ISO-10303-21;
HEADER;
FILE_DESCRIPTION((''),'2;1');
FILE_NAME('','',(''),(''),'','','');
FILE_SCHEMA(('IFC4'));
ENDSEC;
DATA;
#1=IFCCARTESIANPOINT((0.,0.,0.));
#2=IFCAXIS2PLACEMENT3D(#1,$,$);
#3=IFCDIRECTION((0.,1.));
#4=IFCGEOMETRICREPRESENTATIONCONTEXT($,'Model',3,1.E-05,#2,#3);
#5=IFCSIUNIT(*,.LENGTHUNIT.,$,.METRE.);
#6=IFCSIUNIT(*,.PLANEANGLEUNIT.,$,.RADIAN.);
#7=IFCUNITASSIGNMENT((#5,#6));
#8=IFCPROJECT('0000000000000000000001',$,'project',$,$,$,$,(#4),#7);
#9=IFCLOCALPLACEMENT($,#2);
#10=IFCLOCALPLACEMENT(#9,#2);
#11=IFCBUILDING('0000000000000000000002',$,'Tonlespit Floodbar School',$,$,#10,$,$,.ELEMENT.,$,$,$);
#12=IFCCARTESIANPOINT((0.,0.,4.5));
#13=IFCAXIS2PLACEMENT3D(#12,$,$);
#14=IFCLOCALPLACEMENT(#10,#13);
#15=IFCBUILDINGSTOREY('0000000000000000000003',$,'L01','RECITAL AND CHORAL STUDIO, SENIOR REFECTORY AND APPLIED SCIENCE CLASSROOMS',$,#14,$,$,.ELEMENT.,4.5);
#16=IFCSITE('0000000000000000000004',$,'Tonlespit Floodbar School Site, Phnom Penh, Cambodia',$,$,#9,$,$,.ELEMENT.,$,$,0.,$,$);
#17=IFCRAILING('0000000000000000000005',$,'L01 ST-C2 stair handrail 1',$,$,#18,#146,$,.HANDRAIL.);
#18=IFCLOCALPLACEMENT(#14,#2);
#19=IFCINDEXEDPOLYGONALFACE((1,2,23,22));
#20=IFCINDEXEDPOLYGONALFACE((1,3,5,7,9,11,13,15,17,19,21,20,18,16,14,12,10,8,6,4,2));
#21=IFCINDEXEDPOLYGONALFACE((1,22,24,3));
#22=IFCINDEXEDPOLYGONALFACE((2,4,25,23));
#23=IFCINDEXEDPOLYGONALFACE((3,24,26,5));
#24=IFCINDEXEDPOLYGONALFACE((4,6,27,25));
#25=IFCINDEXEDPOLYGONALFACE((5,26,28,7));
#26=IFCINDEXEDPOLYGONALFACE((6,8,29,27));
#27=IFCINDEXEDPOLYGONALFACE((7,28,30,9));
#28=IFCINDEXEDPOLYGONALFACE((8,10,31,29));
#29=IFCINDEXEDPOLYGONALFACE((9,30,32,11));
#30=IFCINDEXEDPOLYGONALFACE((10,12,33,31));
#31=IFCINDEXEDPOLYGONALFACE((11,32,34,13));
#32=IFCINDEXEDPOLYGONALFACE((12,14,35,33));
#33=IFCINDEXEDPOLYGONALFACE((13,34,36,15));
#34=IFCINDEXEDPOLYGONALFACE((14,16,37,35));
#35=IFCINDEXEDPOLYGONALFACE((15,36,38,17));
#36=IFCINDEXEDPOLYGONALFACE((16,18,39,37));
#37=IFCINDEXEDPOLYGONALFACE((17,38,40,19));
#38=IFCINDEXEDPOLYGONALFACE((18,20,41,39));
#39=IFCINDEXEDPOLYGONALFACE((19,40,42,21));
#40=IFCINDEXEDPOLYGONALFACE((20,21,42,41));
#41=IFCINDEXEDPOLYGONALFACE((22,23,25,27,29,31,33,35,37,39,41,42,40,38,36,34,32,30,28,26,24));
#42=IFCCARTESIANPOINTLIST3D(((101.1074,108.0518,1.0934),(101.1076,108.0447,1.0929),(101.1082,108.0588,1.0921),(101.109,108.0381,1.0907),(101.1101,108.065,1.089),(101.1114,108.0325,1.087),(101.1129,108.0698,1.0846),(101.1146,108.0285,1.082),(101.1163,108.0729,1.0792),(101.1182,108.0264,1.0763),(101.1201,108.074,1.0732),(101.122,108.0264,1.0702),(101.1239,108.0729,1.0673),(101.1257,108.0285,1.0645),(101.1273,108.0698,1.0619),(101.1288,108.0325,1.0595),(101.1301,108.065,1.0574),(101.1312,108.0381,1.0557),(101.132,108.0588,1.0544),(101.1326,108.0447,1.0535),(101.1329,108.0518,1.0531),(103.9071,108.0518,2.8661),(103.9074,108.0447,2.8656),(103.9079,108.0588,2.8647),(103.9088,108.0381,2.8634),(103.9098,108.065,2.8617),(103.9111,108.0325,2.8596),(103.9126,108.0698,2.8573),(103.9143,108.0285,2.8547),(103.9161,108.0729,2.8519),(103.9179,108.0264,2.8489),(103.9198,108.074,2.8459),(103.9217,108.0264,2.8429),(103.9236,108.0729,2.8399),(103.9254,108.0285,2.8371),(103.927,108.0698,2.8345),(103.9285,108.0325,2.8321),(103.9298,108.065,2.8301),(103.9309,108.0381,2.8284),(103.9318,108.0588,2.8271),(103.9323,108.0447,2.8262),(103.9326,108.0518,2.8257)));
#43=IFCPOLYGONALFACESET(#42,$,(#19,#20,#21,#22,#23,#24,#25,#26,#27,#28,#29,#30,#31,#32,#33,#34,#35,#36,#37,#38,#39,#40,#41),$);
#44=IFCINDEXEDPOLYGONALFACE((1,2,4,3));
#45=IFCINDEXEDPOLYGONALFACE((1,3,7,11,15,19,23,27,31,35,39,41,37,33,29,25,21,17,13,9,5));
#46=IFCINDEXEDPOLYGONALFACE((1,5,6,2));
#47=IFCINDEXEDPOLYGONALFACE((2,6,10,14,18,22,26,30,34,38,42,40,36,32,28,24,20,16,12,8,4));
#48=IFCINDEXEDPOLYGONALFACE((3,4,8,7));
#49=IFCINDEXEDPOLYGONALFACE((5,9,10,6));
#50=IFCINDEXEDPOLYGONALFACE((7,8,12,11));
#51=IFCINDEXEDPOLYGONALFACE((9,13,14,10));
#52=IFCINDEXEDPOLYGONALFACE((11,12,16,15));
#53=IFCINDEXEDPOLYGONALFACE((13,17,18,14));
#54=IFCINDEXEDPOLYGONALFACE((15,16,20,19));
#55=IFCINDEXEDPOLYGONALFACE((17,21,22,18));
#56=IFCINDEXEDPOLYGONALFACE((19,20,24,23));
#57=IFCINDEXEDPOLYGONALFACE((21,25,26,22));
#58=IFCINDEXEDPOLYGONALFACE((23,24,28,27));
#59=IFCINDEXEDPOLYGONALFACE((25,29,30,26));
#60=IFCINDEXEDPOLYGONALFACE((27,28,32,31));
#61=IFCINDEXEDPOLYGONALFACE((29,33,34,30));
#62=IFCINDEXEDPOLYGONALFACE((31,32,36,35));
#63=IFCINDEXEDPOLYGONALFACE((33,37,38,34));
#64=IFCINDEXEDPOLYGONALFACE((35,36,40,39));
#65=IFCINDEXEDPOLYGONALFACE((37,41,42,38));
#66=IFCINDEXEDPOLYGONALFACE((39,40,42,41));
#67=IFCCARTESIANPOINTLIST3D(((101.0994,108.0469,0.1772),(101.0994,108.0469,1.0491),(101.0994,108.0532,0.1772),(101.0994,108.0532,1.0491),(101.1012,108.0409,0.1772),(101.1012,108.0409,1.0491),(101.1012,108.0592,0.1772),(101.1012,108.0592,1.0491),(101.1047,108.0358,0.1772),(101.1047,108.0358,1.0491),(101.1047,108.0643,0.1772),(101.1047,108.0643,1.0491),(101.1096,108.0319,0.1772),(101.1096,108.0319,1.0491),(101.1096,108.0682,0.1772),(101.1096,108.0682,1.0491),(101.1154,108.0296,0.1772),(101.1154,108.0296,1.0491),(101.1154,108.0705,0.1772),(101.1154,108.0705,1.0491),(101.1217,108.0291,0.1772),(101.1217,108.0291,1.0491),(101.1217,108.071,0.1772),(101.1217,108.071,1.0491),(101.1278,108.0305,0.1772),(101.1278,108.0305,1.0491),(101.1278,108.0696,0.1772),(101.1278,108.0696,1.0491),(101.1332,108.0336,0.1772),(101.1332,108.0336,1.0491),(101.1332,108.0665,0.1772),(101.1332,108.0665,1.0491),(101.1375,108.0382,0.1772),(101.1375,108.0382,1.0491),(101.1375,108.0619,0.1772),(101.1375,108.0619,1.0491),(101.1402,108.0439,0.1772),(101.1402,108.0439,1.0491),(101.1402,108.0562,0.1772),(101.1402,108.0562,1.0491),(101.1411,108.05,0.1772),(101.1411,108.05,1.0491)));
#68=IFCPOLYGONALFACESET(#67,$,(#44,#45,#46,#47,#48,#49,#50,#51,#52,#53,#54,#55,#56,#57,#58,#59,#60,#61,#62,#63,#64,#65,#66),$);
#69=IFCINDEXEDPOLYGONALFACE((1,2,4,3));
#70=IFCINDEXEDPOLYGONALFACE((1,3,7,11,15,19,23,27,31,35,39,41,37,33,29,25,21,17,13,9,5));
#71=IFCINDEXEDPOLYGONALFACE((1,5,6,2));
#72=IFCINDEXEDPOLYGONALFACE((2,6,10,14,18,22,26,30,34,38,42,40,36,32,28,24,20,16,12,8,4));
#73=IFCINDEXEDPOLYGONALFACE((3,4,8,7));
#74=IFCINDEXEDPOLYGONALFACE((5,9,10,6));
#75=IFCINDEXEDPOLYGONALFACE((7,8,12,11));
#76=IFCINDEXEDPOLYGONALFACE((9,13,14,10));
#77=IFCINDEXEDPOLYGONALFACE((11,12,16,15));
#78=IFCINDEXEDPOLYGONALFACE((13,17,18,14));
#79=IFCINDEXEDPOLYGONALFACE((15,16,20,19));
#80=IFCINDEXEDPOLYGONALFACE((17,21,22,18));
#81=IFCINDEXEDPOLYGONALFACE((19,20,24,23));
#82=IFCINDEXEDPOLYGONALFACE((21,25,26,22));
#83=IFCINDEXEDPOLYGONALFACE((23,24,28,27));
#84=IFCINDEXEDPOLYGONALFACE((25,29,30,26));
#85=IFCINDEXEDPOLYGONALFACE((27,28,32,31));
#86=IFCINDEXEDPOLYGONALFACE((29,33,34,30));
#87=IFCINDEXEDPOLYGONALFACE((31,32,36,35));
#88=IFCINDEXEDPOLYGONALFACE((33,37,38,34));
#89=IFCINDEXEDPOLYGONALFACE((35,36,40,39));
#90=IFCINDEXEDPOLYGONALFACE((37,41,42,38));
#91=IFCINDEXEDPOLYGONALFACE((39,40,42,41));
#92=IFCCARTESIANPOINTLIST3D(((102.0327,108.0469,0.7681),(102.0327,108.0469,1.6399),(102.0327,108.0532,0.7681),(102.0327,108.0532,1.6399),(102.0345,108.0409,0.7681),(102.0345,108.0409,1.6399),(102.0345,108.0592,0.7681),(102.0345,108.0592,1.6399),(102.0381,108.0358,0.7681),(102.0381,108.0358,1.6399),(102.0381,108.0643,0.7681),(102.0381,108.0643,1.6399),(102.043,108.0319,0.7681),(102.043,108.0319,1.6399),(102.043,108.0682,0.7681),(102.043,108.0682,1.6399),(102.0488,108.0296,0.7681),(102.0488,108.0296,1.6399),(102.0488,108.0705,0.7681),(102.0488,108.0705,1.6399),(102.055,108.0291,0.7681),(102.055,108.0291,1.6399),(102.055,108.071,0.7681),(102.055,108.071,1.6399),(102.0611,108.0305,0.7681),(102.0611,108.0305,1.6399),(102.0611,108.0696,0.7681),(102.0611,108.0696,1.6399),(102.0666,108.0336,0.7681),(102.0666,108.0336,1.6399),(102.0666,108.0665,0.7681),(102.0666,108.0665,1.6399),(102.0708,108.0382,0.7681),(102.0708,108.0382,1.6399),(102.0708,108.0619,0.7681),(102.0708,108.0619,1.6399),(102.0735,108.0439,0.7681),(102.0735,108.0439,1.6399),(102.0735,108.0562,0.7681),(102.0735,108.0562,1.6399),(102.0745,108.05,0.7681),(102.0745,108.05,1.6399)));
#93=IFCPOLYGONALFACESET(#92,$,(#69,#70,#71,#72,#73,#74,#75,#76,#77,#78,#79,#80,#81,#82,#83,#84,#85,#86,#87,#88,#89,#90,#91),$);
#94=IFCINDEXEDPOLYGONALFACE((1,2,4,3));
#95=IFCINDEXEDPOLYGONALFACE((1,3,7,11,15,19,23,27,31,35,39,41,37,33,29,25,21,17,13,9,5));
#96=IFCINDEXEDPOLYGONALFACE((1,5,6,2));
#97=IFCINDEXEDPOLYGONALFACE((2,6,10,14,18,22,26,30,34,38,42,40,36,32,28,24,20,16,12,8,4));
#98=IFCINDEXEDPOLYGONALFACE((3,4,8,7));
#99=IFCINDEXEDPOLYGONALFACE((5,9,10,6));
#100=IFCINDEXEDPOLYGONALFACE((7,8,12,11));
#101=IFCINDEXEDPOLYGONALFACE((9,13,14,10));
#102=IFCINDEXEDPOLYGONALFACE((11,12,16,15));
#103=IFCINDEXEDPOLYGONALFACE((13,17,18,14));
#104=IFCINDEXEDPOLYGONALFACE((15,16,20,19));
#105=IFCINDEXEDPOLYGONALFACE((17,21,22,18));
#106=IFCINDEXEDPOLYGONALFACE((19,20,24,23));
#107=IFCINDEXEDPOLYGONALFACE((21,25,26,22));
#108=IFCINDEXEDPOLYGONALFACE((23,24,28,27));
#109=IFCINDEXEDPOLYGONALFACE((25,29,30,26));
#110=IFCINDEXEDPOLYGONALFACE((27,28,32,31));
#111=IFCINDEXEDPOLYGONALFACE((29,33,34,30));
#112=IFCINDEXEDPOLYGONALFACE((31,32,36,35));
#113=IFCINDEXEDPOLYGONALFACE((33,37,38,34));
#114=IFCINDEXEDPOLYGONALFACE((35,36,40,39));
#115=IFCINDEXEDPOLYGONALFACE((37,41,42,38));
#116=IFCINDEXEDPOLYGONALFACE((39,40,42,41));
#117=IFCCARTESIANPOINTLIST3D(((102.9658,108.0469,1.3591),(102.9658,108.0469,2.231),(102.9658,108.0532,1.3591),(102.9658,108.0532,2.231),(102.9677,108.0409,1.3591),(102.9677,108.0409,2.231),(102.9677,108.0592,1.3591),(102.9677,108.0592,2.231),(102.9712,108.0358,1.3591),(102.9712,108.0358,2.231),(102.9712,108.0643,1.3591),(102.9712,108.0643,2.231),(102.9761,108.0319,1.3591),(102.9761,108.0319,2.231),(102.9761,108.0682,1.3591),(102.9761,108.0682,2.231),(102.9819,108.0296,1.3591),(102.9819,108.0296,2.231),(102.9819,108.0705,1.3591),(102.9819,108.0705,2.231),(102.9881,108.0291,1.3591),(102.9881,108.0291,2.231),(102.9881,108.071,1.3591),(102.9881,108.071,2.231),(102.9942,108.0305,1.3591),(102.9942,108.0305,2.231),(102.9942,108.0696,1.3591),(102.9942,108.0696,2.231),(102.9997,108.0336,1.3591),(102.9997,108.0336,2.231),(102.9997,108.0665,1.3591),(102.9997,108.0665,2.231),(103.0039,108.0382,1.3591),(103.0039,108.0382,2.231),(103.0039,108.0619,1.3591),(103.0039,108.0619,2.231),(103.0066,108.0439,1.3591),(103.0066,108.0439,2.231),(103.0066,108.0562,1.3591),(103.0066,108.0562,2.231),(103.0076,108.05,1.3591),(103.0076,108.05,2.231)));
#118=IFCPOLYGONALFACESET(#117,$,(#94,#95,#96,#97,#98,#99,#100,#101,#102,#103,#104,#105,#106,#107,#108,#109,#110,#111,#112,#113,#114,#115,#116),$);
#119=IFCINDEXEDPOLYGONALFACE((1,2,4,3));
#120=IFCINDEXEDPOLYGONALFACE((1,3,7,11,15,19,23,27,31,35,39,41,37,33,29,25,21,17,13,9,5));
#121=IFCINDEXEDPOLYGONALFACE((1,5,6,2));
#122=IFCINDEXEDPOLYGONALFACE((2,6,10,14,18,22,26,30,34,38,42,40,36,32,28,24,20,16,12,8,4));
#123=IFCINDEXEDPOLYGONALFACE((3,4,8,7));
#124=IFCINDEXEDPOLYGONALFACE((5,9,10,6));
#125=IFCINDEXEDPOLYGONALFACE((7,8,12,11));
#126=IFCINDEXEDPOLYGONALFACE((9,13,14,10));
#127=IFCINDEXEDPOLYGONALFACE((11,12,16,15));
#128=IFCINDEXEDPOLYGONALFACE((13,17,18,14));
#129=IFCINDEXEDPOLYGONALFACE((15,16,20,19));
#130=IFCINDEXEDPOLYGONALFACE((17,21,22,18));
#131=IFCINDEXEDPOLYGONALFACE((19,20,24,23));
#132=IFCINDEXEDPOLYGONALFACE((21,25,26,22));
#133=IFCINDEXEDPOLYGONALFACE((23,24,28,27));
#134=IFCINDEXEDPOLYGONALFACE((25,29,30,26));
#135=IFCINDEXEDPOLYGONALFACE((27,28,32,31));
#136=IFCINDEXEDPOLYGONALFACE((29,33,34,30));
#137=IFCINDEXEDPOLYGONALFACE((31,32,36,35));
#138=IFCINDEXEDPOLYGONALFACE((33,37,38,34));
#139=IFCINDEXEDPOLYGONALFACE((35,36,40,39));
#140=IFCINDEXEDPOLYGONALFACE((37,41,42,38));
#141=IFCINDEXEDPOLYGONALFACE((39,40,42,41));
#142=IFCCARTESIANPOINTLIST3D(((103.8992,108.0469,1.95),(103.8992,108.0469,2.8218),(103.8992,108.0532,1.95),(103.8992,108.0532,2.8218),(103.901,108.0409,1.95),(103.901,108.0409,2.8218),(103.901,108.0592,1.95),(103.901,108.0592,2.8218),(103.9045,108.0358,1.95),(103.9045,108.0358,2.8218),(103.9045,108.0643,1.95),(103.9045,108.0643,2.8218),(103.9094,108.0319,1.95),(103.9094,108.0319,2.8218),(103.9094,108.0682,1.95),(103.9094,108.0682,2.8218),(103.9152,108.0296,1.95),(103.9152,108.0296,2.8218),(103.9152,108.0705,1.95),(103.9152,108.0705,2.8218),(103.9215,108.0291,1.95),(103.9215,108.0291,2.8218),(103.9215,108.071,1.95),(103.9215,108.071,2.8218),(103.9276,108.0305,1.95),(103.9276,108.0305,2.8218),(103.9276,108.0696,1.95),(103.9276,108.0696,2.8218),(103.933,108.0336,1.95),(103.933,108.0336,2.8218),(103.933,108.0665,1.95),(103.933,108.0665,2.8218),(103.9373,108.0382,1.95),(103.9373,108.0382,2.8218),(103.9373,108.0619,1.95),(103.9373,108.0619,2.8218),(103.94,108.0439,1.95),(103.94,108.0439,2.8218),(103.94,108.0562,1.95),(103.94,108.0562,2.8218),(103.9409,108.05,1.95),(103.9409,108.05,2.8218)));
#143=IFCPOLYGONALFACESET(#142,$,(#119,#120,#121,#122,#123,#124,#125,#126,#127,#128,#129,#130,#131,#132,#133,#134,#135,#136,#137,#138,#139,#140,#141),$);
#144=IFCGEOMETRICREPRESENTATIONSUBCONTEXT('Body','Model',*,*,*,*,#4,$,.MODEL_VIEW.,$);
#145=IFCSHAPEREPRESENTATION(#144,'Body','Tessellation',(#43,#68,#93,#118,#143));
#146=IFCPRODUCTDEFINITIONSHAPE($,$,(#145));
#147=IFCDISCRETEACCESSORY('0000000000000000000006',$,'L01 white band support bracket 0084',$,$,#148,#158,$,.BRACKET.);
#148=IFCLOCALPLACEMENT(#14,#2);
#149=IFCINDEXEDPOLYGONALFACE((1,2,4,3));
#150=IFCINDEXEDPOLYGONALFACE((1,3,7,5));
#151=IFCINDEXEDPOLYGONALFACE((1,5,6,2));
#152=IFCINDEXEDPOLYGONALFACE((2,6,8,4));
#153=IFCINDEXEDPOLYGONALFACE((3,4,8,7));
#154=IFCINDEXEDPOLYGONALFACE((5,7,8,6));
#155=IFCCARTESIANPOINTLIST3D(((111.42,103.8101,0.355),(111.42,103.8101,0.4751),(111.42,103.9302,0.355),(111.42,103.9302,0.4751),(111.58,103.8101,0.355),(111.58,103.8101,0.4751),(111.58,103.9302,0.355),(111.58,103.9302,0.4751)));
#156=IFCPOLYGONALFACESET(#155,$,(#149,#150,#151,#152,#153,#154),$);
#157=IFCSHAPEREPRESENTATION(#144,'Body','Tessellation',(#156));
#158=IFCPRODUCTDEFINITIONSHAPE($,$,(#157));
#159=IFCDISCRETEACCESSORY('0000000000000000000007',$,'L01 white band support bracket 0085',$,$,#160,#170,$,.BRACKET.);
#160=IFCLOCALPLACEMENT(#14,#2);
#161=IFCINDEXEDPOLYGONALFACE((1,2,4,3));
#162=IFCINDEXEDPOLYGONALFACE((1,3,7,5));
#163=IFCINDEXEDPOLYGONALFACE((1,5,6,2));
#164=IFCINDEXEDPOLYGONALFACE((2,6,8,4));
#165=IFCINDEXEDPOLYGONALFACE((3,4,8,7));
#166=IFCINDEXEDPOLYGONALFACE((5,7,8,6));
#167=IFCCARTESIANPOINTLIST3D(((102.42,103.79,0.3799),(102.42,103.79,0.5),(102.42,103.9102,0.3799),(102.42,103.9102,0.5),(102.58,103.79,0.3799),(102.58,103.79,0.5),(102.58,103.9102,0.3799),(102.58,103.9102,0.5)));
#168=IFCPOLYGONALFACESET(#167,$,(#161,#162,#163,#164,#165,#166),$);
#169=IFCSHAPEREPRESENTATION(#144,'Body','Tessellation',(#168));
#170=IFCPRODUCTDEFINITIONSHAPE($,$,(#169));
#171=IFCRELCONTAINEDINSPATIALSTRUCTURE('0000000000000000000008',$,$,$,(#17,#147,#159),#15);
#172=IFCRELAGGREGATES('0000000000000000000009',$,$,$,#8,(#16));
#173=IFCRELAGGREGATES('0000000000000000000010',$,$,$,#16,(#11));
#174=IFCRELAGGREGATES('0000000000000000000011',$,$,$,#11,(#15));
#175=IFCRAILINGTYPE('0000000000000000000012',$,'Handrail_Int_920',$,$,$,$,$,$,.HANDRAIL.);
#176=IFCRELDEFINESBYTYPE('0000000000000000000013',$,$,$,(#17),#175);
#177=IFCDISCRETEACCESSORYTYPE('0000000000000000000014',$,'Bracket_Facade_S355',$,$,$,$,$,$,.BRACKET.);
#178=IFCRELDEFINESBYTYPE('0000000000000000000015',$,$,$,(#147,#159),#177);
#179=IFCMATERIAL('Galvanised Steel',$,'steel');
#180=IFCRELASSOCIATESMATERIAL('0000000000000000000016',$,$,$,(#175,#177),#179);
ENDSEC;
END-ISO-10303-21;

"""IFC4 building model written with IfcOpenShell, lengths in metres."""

from ifc_helpers import new_model, si_unit, direction, frame, origin, origin_2d, place, context, subcontext, project, spatial, rectangle, circle, extrude, material, type_object, element, save


model = new_model("IFC4")

# Units and contexts
model_context = context("Model", 3, precision=1e-05, world=origin(), true_north=direction((0.0, 1.0)))
body_context = subcontext(model_context, "Body", "Model", "MODEL_VIEW")
ifc_project = project(units=[si_unit("LENGTHUNIT", "METRE"), si_unit("PLANEANGLEUNIT", "RADIAN")], contexts=[model_context])

# Site, building, storey
site_placement = place(None, origin())
site = spatial("IfcSite", under=ifc_project, at=site_placement, Name="Tonlespit Floodbar School Site, Phnom Penh, Cambodia", CompositionType="ELEMENT", RefElevation=0.0)
building_placement = place(site_placement, origin())
building = spatial("IfcBuilding", under=site, at=building_placement, Name="Tonlespit Floodbar School", CompositionType="ELEMENT")
storey_placement = place(building_placement, frame((0.0, 0.0, 4.5)))
storey = spatial("IfcBuildingStorey", under=building, at=storey_placement, Name="L01", Description="RECITAL AND CHORAL STUDIO, SENIOR REFECTORY AND APPLIED SCIENCE CLASSROOMS", CompositionType="ELEMENT", Elevation=4.5)

# Railing
ifc_material_1 = material(Name="Galvanised Steel", Category="steel")
railing_type = type_object("IfcRailingType", Name="Handrail_Int_920", PredefinedType="HANDRAIL", material=ifc_material_1)
railing_placement = place(storey_placement, frame((101.1201, 108.05, 0.1772)))
element("IfcRailing", 1, at=railing_placement, inside=storey, type_object=railing_type, Name="L01 ST-C2 stair handrail 1", PredefinedType="HANDRAIL", context=body_context, shape_type="SweptSolid", body=[
    extrude(circle(Radius=0.0239, at=origin_2d()), frame((0.0, 0.0, 0.896), z_axis=(0.844888, 0.0, 0.534943), x_axis=(0.0, 1.0, 0.0)), (0.0, 0.0, 1.0), 3.3137),
    extrude(circle(Radius=0.021, at=origin_2d()), origin(), (0.0, 0.0, 1.0), 0.8718),
    extrude(circle(Radius=0.021, at=origin_2d()), frame((0.9333, 0.0, 0.5908)), (0.0, 0.0, 1.0), 0.8718),
    extrude(circle(Radius=0.021, at=origin_2d()), frame((1.8665, 0.0, 1.1819)), (0.0, 0.0, 1.0), 0.8718),
    extrude(circle(Radius=0.021, at=origin_2d()), frame((2.7998, 0.0, 1.7727)), (0.0, 0.0, 1.0), 0.8718),
])

# Discrete accessories
discrete_accessory_type = type_object("IfcDiscreteAccessoryType", Name="Bracket_Facade_S355", PredefinedType="BRACKET", material=ifc_material_1)
for number, where, z_axis, x_axis, name in (
    (2, (111.5, 103.8701, 0.355), (0.0, 0.0, 1.0), (-1.0, 0.0, 0.0), "L01 white band support bracket 0084"),
    (3, (102.5, 103.8501, 0.3799), (0.0, 0.0, 1.0), (-1.0, 0.0, 0.0), "L01 white band support bracket 0085"),
):
    element("IfcDiscreteAccessory", number, at=place(storey_placement, frame(where, z_axis=z_axis, x_axis=x_axis)), inside=storey, type_object=discrete_accessory_type, Name=name, PredefinedType="BRACKET", context=body_context, shape_type="SweptSolid", body=[
        extrude(rectangle(XDim=0.1599, YDim=0.1201, at=origin_2d()), origin(), (0.0, 0.0, 1.0), 0.1201),
    ])

save(model, "model.ifc")
